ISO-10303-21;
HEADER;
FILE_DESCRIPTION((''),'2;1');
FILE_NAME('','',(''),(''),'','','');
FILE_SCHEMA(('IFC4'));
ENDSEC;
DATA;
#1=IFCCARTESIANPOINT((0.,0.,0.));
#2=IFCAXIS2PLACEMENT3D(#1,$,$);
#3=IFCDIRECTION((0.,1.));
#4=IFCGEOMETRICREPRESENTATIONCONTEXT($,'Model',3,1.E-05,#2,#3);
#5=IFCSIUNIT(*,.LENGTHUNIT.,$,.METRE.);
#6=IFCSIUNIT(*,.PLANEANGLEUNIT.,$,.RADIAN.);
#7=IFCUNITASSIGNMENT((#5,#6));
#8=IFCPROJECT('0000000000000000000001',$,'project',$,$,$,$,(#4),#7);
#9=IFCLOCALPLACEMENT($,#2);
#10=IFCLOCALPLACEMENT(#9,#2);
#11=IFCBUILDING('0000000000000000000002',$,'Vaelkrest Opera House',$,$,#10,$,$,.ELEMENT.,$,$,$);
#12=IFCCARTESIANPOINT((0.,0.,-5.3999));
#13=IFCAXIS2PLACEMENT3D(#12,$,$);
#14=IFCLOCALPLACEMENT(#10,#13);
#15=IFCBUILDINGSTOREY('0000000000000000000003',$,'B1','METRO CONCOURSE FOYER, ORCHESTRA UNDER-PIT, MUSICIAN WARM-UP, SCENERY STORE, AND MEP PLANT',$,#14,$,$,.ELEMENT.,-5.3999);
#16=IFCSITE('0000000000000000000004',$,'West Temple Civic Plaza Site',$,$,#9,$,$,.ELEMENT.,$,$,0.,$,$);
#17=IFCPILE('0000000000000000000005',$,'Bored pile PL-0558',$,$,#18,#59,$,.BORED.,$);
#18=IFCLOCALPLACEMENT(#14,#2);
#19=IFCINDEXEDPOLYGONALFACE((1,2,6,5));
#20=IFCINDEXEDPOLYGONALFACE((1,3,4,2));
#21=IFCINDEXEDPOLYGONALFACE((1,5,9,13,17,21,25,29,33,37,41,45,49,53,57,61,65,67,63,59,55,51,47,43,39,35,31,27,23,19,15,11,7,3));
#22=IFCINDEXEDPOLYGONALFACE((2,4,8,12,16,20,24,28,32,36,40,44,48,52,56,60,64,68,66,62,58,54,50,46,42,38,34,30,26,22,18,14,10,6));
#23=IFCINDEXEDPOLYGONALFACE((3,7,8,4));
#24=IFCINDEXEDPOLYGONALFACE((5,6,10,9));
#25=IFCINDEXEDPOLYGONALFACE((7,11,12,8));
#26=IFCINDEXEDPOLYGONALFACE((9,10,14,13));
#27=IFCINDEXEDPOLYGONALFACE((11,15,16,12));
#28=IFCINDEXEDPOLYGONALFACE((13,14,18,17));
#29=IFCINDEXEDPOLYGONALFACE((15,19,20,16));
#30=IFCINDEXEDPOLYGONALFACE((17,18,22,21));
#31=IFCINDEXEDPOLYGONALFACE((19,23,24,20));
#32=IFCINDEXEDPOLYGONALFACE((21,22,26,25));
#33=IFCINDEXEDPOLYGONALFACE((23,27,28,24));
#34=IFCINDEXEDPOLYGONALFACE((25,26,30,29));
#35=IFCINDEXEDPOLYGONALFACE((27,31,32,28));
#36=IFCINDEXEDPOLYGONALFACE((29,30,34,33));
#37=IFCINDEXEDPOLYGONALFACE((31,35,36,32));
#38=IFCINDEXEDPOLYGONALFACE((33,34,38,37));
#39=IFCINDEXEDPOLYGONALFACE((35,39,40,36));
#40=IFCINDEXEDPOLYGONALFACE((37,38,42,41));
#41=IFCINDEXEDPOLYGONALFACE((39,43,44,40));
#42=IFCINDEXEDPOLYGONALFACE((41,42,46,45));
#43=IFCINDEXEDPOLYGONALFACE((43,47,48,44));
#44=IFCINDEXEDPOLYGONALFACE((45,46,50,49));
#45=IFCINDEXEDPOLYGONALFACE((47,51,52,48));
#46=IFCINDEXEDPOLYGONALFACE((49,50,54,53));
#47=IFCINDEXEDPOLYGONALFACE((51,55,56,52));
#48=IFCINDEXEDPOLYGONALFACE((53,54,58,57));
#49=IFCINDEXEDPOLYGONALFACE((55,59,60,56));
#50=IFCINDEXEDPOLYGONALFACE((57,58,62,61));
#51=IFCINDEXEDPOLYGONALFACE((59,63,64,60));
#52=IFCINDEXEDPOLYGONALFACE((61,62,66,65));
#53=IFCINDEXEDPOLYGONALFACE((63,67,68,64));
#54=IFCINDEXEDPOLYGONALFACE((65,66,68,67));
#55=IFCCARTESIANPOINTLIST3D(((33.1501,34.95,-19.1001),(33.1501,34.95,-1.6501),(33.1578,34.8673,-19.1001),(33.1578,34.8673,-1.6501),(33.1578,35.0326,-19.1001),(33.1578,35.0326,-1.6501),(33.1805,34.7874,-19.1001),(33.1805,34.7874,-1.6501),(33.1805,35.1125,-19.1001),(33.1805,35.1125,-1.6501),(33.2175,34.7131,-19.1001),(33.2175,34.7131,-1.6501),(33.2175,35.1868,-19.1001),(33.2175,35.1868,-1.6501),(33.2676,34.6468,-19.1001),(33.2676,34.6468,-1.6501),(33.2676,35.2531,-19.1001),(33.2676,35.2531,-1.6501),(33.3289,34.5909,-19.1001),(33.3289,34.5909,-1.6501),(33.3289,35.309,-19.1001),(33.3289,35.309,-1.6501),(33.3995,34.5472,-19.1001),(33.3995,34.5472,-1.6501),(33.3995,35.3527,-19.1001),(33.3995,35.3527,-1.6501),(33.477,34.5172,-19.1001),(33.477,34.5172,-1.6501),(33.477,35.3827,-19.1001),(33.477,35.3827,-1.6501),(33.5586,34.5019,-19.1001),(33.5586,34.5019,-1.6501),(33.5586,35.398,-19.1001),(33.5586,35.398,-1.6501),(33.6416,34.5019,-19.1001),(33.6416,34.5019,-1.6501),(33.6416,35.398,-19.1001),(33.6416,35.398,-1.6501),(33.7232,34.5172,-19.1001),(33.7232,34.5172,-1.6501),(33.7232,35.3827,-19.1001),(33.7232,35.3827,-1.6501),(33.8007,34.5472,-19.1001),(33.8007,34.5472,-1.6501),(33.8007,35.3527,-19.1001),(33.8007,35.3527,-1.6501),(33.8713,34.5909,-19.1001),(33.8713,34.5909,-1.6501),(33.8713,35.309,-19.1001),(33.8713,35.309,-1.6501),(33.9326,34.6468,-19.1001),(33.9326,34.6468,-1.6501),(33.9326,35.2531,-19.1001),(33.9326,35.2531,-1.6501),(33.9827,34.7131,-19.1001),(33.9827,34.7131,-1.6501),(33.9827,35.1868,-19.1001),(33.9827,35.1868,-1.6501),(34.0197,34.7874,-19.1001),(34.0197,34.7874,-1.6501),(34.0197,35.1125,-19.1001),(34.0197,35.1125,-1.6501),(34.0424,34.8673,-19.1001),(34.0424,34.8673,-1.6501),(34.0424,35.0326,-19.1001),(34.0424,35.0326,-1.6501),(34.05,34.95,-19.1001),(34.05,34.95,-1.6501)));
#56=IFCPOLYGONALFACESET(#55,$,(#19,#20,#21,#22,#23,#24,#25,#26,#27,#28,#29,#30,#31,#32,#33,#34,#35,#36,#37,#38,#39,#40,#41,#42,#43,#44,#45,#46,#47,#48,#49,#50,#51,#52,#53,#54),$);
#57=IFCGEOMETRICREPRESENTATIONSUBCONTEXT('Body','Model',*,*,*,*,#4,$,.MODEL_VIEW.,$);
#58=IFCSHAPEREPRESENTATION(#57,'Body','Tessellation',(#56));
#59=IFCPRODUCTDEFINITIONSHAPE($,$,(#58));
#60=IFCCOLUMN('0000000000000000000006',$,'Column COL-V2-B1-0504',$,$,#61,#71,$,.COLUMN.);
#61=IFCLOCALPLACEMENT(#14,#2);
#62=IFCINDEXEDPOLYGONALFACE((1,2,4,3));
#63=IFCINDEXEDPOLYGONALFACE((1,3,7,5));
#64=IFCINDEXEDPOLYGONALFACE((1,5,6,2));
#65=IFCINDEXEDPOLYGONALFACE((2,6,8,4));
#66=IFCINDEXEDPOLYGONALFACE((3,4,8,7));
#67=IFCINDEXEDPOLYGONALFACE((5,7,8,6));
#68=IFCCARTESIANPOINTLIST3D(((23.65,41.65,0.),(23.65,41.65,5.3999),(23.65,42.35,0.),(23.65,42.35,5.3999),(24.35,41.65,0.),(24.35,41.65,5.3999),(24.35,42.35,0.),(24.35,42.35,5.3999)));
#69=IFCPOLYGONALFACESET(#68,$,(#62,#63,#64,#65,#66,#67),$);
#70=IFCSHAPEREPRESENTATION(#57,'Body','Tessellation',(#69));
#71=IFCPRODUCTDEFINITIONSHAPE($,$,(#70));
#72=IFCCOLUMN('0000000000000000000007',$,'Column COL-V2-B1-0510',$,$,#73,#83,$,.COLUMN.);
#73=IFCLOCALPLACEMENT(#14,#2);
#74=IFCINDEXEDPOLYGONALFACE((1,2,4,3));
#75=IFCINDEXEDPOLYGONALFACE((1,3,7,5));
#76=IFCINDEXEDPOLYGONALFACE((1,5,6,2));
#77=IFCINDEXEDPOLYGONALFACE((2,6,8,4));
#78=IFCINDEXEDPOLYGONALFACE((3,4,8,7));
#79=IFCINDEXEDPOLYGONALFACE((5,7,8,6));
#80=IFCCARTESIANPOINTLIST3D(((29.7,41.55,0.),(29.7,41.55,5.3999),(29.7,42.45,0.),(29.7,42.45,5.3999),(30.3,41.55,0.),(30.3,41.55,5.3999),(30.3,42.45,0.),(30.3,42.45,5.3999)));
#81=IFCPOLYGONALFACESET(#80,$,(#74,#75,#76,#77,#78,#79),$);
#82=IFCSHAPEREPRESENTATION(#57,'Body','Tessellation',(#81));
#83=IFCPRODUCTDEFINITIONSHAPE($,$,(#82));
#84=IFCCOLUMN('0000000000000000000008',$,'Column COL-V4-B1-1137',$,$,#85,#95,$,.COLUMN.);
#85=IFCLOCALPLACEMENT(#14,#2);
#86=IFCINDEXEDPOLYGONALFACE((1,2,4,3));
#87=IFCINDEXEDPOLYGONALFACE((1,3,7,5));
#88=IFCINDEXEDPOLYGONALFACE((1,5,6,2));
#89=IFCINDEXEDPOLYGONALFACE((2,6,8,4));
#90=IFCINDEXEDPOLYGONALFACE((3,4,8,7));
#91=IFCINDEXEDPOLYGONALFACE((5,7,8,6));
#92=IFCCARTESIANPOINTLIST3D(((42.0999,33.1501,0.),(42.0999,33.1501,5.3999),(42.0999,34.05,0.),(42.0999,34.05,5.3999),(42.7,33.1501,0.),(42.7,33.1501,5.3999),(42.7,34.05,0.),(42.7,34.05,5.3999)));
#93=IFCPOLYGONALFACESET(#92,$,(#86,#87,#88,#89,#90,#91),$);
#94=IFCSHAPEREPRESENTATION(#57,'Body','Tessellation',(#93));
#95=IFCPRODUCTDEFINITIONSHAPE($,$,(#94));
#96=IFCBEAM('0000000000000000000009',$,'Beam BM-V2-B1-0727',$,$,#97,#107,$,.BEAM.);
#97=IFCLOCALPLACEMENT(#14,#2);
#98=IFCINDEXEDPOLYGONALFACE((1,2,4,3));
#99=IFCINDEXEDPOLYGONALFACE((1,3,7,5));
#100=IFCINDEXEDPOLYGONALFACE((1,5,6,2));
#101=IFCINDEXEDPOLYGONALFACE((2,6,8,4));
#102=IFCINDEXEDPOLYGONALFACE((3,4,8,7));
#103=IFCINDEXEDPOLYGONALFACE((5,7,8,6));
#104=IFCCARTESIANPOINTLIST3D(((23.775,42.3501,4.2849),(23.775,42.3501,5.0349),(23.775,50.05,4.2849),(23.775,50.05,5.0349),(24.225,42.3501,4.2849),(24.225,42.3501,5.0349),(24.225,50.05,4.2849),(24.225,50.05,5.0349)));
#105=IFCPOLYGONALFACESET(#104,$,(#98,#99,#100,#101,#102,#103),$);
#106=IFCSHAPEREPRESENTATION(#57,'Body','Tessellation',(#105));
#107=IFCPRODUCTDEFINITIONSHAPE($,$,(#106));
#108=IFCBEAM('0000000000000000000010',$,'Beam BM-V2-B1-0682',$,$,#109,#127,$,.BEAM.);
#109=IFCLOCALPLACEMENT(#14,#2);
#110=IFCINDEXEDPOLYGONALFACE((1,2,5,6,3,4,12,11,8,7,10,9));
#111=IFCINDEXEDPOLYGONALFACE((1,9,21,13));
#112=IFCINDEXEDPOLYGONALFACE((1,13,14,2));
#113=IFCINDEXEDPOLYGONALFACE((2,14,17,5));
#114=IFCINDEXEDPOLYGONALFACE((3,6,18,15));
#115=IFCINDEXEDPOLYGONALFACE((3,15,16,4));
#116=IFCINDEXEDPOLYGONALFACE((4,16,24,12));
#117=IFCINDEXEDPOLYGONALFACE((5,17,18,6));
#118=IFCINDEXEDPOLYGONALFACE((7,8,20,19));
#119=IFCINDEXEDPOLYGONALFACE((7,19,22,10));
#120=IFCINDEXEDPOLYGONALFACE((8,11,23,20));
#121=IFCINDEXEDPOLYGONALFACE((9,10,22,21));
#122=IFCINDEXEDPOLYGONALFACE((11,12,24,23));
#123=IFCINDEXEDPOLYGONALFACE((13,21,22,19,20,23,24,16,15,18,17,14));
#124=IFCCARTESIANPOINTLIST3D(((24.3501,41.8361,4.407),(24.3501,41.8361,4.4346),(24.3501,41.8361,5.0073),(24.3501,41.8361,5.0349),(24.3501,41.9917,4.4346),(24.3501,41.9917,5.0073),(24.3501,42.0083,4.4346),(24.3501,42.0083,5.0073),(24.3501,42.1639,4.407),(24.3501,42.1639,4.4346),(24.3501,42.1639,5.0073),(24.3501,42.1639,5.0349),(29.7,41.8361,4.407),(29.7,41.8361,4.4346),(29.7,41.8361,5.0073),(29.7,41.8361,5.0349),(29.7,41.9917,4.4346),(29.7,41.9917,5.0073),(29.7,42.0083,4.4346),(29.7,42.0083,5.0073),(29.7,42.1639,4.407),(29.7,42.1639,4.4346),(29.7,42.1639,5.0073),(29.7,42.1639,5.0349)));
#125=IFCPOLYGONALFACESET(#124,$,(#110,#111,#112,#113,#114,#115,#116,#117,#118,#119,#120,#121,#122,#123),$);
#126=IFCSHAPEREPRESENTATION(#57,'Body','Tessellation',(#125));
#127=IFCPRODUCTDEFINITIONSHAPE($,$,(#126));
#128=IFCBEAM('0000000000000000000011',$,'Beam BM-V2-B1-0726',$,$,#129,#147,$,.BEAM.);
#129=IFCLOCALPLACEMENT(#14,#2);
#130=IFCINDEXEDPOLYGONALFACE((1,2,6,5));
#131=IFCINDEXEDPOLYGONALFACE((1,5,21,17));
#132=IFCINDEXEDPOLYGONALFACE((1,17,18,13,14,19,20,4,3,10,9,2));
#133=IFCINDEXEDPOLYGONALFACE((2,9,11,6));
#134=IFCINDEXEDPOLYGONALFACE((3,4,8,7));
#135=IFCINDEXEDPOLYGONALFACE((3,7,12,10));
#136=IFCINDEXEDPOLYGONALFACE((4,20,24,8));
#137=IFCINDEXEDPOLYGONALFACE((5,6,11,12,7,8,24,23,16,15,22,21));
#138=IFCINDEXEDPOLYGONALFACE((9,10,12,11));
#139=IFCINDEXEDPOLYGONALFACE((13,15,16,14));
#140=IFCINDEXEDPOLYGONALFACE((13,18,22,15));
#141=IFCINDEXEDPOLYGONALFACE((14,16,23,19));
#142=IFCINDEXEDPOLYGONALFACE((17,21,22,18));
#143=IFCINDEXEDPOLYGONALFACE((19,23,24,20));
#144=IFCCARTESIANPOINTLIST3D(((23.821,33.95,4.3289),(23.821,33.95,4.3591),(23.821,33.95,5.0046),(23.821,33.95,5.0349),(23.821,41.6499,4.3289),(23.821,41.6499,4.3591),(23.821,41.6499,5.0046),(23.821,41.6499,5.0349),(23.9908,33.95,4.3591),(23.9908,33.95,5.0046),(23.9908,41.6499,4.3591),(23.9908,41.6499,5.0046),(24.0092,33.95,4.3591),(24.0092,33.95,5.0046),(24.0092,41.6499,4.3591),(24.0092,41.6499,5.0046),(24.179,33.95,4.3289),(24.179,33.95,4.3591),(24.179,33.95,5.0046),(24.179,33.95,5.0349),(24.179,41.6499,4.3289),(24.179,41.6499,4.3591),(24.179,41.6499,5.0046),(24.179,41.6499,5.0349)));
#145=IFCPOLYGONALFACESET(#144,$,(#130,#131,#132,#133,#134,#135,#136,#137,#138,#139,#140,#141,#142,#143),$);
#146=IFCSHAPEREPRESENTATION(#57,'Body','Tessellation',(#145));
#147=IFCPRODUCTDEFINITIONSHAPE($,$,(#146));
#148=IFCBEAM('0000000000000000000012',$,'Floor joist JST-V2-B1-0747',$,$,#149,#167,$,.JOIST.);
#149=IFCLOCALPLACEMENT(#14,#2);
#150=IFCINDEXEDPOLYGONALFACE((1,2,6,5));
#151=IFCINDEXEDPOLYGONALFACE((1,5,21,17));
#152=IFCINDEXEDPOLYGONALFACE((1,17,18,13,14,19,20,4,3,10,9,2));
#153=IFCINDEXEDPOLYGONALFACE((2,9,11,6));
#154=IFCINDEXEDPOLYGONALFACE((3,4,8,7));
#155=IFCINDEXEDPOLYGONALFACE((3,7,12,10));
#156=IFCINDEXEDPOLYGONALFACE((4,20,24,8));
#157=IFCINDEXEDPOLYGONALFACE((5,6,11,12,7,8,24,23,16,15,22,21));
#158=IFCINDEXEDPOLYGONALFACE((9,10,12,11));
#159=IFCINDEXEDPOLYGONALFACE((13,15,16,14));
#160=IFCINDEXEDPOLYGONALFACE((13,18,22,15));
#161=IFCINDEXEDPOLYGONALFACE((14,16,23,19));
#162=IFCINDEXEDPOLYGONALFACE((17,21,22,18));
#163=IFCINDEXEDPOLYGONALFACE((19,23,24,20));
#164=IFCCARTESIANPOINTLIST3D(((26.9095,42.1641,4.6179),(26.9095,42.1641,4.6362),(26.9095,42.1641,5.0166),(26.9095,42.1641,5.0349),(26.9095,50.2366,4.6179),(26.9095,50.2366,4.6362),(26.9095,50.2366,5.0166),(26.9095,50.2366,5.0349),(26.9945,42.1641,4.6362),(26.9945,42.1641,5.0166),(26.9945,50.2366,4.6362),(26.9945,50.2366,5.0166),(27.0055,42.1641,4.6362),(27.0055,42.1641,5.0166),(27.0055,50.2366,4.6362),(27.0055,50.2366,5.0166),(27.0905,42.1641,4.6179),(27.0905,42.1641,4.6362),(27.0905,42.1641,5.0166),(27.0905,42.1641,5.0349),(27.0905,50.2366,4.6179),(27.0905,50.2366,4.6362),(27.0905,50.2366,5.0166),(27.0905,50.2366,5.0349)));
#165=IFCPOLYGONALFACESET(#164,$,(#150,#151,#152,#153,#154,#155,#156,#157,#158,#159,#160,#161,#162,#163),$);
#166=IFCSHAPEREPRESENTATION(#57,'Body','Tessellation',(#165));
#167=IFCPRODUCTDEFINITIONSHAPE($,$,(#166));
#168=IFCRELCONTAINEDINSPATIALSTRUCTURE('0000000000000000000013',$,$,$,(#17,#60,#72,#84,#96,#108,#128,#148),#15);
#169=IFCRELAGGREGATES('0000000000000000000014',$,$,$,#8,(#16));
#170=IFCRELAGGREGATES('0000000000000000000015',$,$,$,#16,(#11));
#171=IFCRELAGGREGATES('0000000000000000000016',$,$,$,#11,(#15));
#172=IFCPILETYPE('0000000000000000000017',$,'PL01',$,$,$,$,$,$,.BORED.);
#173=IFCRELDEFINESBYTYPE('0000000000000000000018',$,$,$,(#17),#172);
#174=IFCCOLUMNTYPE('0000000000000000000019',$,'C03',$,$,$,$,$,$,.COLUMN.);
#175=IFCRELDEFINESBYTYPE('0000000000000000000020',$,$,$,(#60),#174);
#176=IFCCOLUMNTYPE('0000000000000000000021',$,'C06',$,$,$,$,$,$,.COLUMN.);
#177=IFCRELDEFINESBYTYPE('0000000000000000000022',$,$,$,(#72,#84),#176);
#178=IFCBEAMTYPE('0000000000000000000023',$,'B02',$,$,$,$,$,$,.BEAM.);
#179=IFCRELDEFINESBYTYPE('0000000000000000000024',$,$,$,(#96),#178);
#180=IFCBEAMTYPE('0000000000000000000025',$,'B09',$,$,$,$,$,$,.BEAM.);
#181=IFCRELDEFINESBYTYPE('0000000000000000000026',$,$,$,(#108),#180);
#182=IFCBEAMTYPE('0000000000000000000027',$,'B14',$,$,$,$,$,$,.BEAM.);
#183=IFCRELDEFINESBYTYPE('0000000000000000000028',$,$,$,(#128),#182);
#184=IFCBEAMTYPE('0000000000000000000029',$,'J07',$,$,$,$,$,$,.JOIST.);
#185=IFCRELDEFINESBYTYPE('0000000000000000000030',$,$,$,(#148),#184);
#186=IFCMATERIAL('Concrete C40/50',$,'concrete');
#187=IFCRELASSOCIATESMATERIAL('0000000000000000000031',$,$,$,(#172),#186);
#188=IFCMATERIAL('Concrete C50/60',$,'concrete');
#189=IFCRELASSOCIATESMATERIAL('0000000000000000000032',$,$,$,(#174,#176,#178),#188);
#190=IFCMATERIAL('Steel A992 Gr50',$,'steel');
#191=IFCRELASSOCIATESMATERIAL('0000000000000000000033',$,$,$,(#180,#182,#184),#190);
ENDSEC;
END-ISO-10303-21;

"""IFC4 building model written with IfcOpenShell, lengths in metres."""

from ifc_helpers import new_model, si_unit, direction, frame, origin, origin_2d, place, context, subcontext, project, spatial, rectangle, circle, i_section, extrude, material, material_profile, profile_set, type_object, element, save


model = new_model("IFC4")

# Units and contexts
model_context = context("Model", 3, precision=1e-05, world=origin(), true_north=direction((0.0, 1.0)))
body_context = subcontext(model_context, "Body", "Model", "MODEL_VIEW")
ifc_project = project(units=[si_unit("LENGTHUNIT", "METRE"), si_unit("PLANEANGLEUNIT", "RADIAN")], contexts=[model_context])

# Site, building, storey
site_placement = place(None, origin())
site = spatial("IfcSite", under=ifc_project, at=site_placement, Name="West Temple Civic Plaza Site", CompositionType="ELEMENT", RefElevation=0.0)
building_placement = place(site_placement, origin())
building = spatial("IfcBuilding", under=site, at=building_placement, Name="Vaelkrest Opera House", CompositionType="ELEMENT")
storey_placement = place(building_placement, frame((0.0, 0.0, -5.3999)))
storey = spatial("IfcBuildingStorey", under=building, at=storey_placement, Name="B1", Description="METRO CONCOURSE FOYER, ORCHESTRA UNDER-PIT, MUSICIAN WARM-UP, SCENERY STORE, AND MEP PLANT", CompositionType="ELEMENT", Elevation=-5.3999)

# Shared definitions
ifc_material_1 = material(Name="Concrete C40/50", Category="concrete")

# Pile
ifc_material_profile_1 = material_profile(ifc_material_1, circle(Radius=0.45, at=origin_2d()), Name="PILE900")
ifc_profile_set_1 = profile_set([ifc_material_profile_1], Name="Concrete C40/50")
pile_type = type_object("IfcPileType", Name="PL01", PredefinedType="BORED", material=ifc_profile_set_1)
pile_1_placement = place(storey_placement, frame((33.6001, 34.95, -1.6501), z_axis=(0.0, 0.0, -1.0), x_axis=(1.0, 0.0, 0.0)))
element("IfcPile", 1, at=pile_1_placement, inside=storey, type_object=pile_type, Name="Bored pile PL-0558", PredefinedType="BORED", context=body_context, shape_type="SweptSolid", body=[
    extrude(circle(Radius=0.45, at=origin_2d()), origin(), (0.0, 0.0, 1.0), 17.45),
])

# Columns
ifc_material_2 = material(Name="Concrete C50/60", Category="concrete")
ifc_material_profile_2 = material_profile(ifc_material_2, rectangle(XDim=0.7, YDim=0.7, at=origin_2d()), Name="RC700X700")
ifc_profile_set_2 = profile_set([ifc_material_profile_2], Name="Concrete C50/60")
column_type_1 = type_object("IfcColumnType", Name="C03", PredefinedType="COLUMN", material=ifc_profile_set_2)
column_placement = place(storey_placement, frame((24.0, 42.0, 0.0), z_axis=(0.0, 0.0, 1.0), x_axis=(1.0, 0.0, 0.0)))
element("IfcColumn", 2, at=column_placement, inside=storey, type_object=column_type_1, Name="Column COL-V2-B1-0504", PredefinedType="COLUMN", context=body_context, shape_type="SweptSolid", body=[
    extrude(rectangle(XDim=0.7, YDim=0.7, at=origin_2d()), origin(), (0.0, 0.0, 1.0), 5.3999),
])
ifc_material_profile_3 = material_profile(ifc_material_2, rectangle(XDim=0.6001, YDim=0.8999, at=origin_2d()), Name="RC600X900")
ifc_profile_set_3 = profile_set([ifc_material_profile_3], Name="Concrete C50/60")
column_type_2 = type_object("IfcColumnType", Name="C06", PredefinedType="COLUMN", material=ifc_profile_set_3)
for number, where, z_axis, x_axis, name in (
    (3, (30.0, 42.0, 0.0), (0.0, 0.0, 1.0), (1.0, 0.0, 0.0), "Column COL-V2-B1-0510"),
    (4, (42.3999, 33.6001, 0.0), (0.0, 0.0, 1.0), (1.0, 0.0, 0.0), "Column COL-V4-B1-1137"),
):
    element("IfcColumn", number, at=place(storey_placement, frame(where, z_axis=z_axis, x_axis=x_axis)), inside=storey, type_object=column_type_2, Name=name, PredefinedType="COLUMN", context=body_context, shape_type="SweptSolid", body=[
        extrude(rectangle(XDim=0.6001, YDim=0.8999, at=origin_2d()), origin(), (0.0, 0.0, 1.0), 5.3999),
    ])

# Beams
ifc_material_profile_4 = material_profile(ifc_material_2, rectangle(XDim=0.45, YDim=0.75, at=origin_2d()), Name="RCB450X750")
ifc_profile_set_4 = profile_set([ifc_material_profile_4], Name="Concrete C50/60")
beam_type_1 = type_object("IfcBeamType", Name="B02", PredefinedType="BEAM", material=ifc_profile_set_4)
beam_1_placement = place(storey_placement, frame((24.0, 42.3501, 4.6599), z_axis=(0.0, 1.0, 0.0), x_axis=(-1.0, 0.0, 0.0)))
element("IfcBeam", 5, at=beam_1_placement, inside=storey, type_object=beam_type_1, Name="Beam BM-V2-B1-0727", PredefinedType="BEAM", context=body_context, shape_type="SweptSolid", body=[
    extrude(rectangle(XDim=0.45, YDim=0.75, at=origin_2d()), origin(), (0.0, 0.0, 1.0), 7.7),
])
ifc_material_3 = material(Name="Steel A992 Gr50", Category="steel")
ifc_material_profile_5 = material_profile(ifc_material_3, i_section(OverallWidth=0.3279, OverallDepth=0.6279, WebThickness=0.0166, FlangeThickness=0.0276, at=origin_2d()), Name="W24X146")
ifc_profile_set_5 = profile_set([ifc_material_profile_5], Name="Steel A992 Gr50")
beam_type_2 = type_object("IfcBeamType", Name="B09", PredefinedType="BEAM", material=ifc_profile_set_5)
beam_2_placement = place(storey_placement, frame((24.3501, 42.0, 4.7209), z_axis=(1.0, 0.0, 0.0), x_axis=(0.0, 1.0, 0.0)))
element("IfcBeam", 6, at=beam_2_placement, inside=storey, type_object=beam_type_2, Name="Beam BM-V2-B1-0682", PredefinedType="BEAM", context=body_context, shape_type="SweptSolid", body=[
    extrude(i_section(OverallWidth=0.3279, OverallDepth=0.6279, WebThickness=0.0166, FlangeThickness=0.0276, at=origin_2d()), origin(), (0.0, 0.0, 1.0), 5.3499),
])
ifc_material_profile_6 = material_profile(ifc_material_3, i_section(OverallWidth=0.3579, OverallDepth=0.7061, WebThickness=0.0183, FlangeThickness=0.0303, at=origin_2d()), Name="W27X178")
ifc_profile_set_6 = profile_set([ifc_material_profile_6], Name="Steel A992 Gr50")
beam_type_3 = type_object("IfcBeamType", Name="B14", PredefinedType="BEAM", material=ifc_profile_set_6)
beam_3_placement = place(storey_placement, frame((24.0, 33.95, 4.6819), z_axis=(0.0, 1.0, 0.0), x_axis=(-1.0, 0.0, 0.0)))
element("IfcBeam", 7, at=beam_3_placement, inside=storey, type_object=beam_type_3, Name="Beam BM-V2-B1-0726", PredefinedType="BEAM", context=body_context, shape_type="SweptSolid", body=[
    extrude(i_section(OverallWidth=0.3579, OverallDepth=0.7061, WebThickness=0.0183, FlangeThickness=0.0303, at=origin_2d()), origin(), (0.0, 0.0, 1.0), 7.7),
])
ifc_material_profile_7 = material_profile(ifc_material_3, i_section(OverallWidth=0.1809, OverallDepth=0.417, WebThickness=0.011, FlangeThickness=0.0183, at=origin_2d()), Name="W16X57")
ifc_profile_set_7 = profile_set([ifc_material_profile_7], Name="Steel A992 Gr50")
beam_type_4 = type_object("IfcBeamType", Name="J07", PredefinedType="JOIST", material=ifc_profile_set_7)
beam_4_placement = place(storey_placement, frame((27.0, 42.1641, 4.8264), z_axis=(0.0, 1.0, 0.0), x_axis=(-1.0, 0.0, 0.0)))
element("IfcBeam", 8, at=beam_4_placement, inside=storey, type_object=beam_type_4, Name="Floor joist JST-V2-B1-0747", PredefinedType="JOIST", context=body_context, shape_type="SweptSolid", body=[
    extrude(i_section(OverallWidth=0.1809, OverallDepth=0.417, WebThickness=0.011, FlangeThickness=0.0183, at=origin_2d()), origin(), (0.0, 0.0, 1.0), 8.0725),
])

save(model, "model.ifc")
